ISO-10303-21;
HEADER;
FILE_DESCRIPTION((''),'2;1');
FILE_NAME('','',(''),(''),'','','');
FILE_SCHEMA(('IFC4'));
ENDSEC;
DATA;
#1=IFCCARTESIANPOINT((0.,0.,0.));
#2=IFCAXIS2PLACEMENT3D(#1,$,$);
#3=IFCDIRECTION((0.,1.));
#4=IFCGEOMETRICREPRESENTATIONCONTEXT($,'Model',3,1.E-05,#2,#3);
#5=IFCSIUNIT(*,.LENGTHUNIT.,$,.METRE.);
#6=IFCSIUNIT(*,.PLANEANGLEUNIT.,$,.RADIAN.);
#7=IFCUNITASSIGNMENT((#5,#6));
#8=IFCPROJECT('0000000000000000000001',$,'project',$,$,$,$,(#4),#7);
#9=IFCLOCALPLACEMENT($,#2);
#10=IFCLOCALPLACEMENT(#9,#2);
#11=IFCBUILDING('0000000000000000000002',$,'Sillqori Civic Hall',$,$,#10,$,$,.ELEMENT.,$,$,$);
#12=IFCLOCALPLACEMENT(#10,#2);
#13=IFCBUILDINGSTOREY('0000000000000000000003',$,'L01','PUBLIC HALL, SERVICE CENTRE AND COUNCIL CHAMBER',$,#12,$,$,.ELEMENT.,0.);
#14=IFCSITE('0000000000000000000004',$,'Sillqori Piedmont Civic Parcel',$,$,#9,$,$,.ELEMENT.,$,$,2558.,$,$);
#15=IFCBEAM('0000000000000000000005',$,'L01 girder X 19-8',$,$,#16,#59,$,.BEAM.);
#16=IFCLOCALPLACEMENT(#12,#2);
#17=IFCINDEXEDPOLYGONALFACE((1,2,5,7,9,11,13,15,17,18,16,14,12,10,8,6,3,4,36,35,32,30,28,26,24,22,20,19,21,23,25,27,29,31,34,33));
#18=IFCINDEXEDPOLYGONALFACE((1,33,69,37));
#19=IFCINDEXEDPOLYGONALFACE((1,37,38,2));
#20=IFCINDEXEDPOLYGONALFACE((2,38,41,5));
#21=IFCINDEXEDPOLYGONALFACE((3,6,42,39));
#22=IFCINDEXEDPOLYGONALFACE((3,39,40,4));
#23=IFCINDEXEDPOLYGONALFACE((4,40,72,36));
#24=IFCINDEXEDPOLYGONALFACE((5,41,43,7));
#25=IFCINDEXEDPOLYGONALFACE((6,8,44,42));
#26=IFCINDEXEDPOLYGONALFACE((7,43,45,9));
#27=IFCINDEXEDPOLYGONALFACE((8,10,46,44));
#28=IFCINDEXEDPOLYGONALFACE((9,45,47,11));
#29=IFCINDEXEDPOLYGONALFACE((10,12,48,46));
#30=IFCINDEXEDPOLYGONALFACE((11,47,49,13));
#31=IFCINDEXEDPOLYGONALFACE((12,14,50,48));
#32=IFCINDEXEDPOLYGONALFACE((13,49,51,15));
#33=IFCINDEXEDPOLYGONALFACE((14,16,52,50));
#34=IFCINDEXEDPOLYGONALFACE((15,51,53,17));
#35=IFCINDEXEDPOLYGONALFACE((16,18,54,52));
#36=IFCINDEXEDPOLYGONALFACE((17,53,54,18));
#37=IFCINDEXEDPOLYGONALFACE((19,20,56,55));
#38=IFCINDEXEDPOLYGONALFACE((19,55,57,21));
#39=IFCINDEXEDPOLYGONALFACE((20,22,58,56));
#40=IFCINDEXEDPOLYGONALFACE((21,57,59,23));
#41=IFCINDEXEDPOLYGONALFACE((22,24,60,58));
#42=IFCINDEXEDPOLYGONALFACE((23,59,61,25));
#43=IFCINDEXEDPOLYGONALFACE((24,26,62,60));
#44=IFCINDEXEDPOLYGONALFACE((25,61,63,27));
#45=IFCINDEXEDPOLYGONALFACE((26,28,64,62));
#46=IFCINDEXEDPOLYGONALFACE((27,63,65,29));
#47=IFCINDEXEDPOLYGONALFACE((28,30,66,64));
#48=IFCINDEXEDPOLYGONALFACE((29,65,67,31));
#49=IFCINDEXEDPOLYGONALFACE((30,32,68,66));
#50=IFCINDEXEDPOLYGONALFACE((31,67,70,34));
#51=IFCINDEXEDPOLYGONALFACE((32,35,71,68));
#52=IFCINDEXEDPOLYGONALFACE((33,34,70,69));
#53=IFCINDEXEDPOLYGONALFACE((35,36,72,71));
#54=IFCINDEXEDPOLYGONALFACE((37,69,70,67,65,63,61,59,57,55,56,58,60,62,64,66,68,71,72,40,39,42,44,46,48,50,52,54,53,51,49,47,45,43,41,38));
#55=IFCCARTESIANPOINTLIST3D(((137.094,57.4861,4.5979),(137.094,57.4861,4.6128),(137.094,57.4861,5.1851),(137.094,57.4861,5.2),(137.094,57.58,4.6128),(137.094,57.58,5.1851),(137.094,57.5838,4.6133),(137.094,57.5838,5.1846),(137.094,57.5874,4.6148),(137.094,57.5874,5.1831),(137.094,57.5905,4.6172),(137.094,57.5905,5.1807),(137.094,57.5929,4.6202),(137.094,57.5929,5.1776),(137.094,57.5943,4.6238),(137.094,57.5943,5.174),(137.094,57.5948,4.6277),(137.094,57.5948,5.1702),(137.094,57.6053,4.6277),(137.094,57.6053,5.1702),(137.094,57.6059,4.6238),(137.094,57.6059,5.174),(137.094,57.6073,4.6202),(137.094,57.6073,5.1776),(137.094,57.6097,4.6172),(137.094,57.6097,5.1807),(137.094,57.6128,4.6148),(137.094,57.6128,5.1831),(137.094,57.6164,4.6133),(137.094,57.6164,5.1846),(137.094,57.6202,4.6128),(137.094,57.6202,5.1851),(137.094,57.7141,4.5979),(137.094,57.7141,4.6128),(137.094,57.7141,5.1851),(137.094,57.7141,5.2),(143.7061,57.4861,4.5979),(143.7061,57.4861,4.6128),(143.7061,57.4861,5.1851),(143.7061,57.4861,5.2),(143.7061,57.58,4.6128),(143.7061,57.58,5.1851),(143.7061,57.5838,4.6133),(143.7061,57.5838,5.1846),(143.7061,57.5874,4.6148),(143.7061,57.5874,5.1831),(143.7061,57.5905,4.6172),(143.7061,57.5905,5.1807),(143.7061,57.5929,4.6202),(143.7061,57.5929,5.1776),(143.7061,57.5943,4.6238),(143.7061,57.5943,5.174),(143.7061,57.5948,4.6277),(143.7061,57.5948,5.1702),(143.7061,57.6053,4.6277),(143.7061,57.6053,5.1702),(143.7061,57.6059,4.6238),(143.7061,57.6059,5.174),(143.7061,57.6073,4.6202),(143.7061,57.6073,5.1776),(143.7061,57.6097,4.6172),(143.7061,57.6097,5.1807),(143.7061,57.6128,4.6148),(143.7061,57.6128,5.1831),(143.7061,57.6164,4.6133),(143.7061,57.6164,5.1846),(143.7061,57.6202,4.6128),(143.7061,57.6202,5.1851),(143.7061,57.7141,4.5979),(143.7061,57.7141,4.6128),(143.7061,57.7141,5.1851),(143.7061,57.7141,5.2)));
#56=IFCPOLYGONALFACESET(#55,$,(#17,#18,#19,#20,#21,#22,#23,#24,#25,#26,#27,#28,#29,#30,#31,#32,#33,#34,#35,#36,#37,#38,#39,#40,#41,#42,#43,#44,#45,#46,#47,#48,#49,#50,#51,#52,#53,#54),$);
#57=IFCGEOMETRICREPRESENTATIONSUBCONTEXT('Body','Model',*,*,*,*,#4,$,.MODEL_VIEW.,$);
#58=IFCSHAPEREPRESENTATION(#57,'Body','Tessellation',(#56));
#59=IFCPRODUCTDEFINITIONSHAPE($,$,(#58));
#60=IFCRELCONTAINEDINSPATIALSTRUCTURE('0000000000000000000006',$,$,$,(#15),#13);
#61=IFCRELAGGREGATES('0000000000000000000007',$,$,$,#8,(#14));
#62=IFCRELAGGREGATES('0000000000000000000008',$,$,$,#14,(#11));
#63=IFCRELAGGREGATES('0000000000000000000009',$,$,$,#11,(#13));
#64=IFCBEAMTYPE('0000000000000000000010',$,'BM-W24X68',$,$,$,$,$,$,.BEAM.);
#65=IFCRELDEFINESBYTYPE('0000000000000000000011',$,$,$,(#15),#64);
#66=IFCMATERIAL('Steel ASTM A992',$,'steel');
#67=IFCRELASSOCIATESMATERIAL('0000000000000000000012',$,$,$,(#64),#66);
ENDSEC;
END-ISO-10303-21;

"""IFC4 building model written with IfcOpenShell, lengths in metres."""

from ifc_helpers import new_model, si_unit, direction, frame, origin, origin_2d, place, context, subcontext, project, spatial, i_section, extrude, material, material_profile, profile_set, type_object, element, save


model = new_model("IFC4")

# Units and contexts
model_context = context("Model", 3, precision=1e-05, world=origin(), true_north=direction((0.0, 1.0)))
body_context = subcontext(model_context, "Body", "Model", "MODEL_VIEW")
ifc_project = project(units=[si_unit("LENGTHUNIT", "METRE"), si_unit("PLANEANGLEUNIT", "RADIAN")], contexts=[model_context])

# Site, building, storey
site_placement = place(None, origin())
site = spatial("IfcSite", under=ifc_project, at=site_placement, Name="Sillqori Piedmont Civic Parcel", CompositionType="ELEMENT", RefElevation=2558.0)
building_placement = place(site_placement, origin())
building = spatial("IfcBuilding", under=site, at=building_placement, Name="Sillqori Civic Hall", CompositionType="ELEMENT")
storey_placement = place(building_placement, origin())
storey = spatial("IfcBuildingStorey", under=building, at=storey_placement, Name="L01", Description="PUBLIC HALL, SERVICE CENTRE AND COUNCIL CHAMBER", CompositionType="ELEMENT", Elevation=0.0)

# Beam
ifc_material_1 = material(Name="Steel ASTM A992", Category="steel")
ifc_material_profile_1 = material_profile(ifc_material_1, i_section(OverallWidth=0.228, OverallDepth=0.6021, WebThickness=0.0105, FlangeThickness=0.0149, FilletRadius=0.0149, at=origin_2d()), Name="W24X68")
ifc_profile_set_1 = profile_set([ifc_material_profile_1], Name="Steel ASTM A992")
beam_type = type_object("IfcBeamType", Name="BM-W24X68", PredefinedType="BEAM", material=ifc_profile_set_1)
beam_placement = place(storey_placement, frame((137.094, 57.6001, 4.8989), z_axis=(1.0, 0.0, 0.0), x_axis=(0.0, 1.0, 0.0)))
element("IfcBeam", 1, at=beam_placement, inside=storey, type_object=beam_type, Name="L01 girder X 19-8", PredefinedType="BEAM", context=body_context, shape_type="SweptSolid", body=[
    extrude(i_section(OverallWidth=0.228, OverallDepth=0.6021, WebThickness=0.0105, FlangeThickness=0.0149, FilletRadius=0.0149, at=origin_2d()), origin(), (0.0, 0.0, 1.0), 6.6121),
])

save(model, "model.ifc")
